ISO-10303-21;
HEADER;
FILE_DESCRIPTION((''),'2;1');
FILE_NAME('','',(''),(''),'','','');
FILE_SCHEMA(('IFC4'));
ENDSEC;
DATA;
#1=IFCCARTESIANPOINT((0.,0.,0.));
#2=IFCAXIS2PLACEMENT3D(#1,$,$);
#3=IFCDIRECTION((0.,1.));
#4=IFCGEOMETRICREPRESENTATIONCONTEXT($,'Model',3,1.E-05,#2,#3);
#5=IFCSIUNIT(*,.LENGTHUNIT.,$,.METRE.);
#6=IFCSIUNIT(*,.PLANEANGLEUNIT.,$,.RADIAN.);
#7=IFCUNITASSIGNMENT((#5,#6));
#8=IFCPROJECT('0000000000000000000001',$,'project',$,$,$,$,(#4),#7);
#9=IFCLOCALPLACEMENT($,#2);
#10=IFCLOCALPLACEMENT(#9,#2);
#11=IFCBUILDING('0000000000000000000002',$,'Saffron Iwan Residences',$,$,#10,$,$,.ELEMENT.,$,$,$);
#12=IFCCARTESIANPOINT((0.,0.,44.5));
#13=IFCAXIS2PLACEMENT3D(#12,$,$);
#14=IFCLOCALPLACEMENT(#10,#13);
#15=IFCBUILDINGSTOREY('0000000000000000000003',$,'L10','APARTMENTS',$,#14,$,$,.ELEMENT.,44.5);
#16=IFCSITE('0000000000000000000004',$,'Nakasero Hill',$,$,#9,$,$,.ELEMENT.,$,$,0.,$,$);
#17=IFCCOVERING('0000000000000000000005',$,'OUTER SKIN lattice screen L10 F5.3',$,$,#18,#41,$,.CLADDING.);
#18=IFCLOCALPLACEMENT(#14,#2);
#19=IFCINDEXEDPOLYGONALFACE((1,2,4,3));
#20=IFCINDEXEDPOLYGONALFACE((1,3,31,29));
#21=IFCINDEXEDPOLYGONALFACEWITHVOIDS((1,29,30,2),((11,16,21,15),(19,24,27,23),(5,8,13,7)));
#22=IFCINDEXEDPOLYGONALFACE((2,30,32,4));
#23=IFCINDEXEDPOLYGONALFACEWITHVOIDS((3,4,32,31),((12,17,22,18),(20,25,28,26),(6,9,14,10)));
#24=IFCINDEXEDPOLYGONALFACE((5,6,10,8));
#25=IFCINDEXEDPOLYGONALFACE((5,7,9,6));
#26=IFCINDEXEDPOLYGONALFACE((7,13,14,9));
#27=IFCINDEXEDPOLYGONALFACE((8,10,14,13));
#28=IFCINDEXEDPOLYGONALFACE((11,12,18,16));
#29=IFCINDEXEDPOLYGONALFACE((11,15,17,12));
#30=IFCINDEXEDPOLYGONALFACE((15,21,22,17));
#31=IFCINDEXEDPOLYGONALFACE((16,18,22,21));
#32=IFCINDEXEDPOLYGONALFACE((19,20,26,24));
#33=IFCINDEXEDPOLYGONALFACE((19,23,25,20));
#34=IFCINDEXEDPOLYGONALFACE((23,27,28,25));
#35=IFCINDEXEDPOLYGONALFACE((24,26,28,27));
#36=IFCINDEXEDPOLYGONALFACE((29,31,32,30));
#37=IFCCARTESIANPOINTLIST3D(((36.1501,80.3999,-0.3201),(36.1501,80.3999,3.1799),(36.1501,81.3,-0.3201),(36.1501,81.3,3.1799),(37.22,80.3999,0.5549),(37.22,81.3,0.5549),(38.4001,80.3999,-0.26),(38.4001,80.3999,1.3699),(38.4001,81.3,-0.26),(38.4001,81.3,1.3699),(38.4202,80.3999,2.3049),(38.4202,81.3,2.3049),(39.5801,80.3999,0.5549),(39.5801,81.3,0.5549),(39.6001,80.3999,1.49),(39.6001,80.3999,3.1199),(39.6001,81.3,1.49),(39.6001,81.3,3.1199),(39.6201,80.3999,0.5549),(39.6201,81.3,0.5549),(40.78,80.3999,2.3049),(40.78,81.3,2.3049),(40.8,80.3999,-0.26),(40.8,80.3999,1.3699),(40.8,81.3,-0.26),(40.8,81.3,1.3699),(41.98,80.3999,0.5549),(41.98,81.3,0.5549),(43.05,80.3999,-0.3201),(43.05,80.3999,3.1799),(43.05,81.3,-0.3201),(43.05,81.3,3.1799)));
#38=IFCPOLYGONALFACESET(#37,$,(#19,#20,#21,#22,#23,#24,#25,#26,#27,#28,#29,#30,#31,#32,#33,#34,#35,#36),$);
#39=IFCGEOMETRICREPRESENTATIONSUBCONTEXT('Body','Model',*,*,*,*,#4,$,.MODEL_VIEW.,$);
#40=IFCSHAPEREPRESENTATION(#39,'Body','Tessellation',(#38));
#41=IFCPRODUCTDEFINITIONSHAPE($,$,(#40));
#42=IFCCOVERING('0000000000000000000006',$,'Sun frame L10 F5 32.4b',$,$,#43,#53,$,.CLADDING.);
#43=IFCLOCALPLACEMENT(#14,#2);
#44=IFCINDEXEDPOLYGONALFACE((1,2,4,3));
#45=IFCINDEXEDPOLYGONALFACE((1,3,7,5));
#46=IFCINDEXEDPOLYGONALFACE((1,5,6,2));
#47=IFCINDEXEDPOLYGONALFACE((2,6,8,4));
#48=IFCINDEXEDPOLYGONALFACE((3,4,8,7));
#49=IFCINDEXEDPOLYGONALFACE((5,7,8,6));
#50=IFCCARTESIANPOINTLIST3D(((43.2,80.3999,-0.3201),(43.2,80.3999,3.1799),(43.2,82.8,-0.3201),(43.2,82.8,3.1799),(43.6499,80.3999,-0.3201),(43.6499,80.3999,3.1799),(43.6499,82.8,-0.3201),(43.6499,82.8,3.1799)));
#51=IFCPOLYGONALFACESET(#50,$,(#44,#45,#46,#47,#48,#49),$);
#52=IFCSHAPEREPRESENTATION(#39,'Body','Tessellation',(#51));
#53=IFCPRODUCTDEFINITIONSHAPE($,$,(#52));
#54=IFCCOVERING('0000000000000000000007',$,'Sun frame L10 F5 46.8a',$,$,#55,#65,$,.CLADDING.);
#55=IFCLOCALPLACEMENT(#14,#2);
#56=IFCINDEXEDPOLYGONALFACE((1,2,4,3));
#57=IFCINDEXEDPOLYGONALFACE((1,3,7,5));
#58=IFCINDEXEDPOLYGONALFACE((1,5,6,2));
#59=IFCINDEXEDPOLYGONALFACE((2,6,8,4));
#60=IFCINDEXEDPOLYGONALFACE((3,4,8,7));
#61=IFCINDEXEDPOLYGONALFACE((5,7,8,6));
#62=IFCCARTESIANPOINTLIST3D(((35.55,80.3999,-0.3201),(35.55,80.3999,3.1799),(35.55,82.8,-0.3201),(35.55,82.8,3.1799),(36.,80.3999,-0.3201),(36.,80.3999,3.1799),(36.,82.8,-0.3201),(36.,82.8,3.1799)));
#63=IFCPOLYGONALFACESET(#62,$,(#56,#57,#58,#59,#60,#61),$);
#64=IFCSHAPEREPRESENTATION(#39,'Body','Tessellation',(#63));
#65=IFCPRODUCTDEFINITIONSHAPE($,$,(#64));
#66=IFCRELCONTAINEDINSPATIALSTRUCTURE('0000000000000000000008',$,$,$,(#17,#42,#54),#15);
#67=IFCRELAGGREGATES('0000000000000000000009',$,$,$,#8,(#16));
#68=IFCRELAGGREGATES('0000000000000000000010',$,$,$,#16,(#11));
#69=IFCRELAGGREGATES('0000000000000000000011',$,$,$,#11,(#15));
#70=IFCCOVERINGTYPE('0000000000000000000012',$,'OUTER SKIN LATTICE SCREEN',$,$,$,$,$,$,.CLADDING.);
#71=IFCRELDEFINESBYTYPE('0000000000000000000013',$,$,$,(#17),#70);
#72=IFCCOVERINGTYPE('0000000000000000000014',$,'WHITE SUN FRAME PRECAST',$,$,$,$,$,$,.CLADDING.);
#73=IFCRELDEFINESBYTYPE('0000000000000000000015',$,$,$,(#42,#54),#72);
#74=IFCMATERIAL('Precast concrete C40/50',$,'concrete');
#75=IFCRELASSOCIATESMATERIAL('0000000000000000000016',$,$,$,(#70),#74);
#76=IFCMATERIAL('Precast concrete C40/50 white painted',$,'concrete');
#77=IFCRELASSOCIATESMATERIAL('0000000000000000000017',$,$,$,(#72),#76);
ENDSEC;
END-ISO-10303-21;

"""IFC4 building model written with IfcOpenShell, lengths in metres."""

from ifc_helpers import new_model, si_unit, direction, frame, origin, place, context, subcontext, project, spatial, polyline, outline, extrude, material, type_object, element, save


model = new_model("IFC4")

# Units and contexts
model_context = context("Model", 3, precision=1e-05, world=origin(), true_north=direction((0.0, 1.0)))
body_context = subcontext(model_context, "Body", "Model", "MODEL_VIEW")
ifc_project = project(units=[si_unit("LENGTHUNIT", "METRE"), si_unit("PLANEANGLEUNIT", "RADIAN")], contexts=[model_context])

# Site, building, storey
site_placement = place(None, origin())
site = spatial("IfcSite", under=ifc_project, at=site_placement, Name="Nakasero Hill", CompositionType="ELEMENT", RefElevation=0.0)
building_placement = place(site_placement, origin())
building = spatial("IfcBuilding", under=site, at=building_placement, Name="Saffron Iwan Residences", CompositionType="ELEMENT")
storey_placement = place(building_placement, frame((0.0, 0.0, 44.5)))
storey = spatial("IfcBuildingStorey", under=building, at=storey_placement, Name="L10", Description="APARTMENTS", CompositionType="ELEMENT", Elevation=44.5)

# Coverings
ifc_material_1 = material(Name="Precast concrete C40/50", Category="concrete")
covering_type_1 = type_object("IfcCoveringType", Name="OUTER SKIN LATTICE SCREEN", PredefinedType="CLADDING", material=ifc_material_1)
covering_placement = place(storey_placement, frame((43.05, 80.3999, -0.3201), z_axis=(0.0, 1.0, 0.0), x_axis=(-1.0, 0.0, 0.0)))
element("IfcCovering", 1, at=covering_placement, inside=storey, type_object=covering_type_1, Name="OUTER SKIN lattice screen L10 F5.3", PredefinedType="CLADDING", context=body_context, shape_type="SweptSolid", body=[
    extrude(outline(polyline([(0.0, 0.0), (6.8999, 0.0), (6.8999, 3.5), (0.0, 3.5), (0.0, 0.0)]), holes=[polyline([(1.0701, 0.875), (2.25, 0.0601), (3.4299, 0.875), (2.25, 1.6899), (1.0701, 0.875)]), polyline([(3.47, 0.875), (4.6499, 0.0601), (5.8301, 0.875), (4.6499, 1.6899), (3.47, 0.875)]), polyline([(2.27, 2.625), (3.45, 1.8101), (4.6299, 2.625), (3.45, 3.4399), (2.27, 2.625)])]), origin(), (0.0, 0.0, 1.0), 0.9001),
])
ifc_material_2 = material(Name="Precast concrete C40/50 white painted", Category="concrete")
covering_type_2 = type_object("IfcCoveringType", Name="WHITE SUN FRAME PRECAST", PredefinedType="CLADDING", material=ifc_material_2)
for number, where, z_axis, x_axis, name in (
    (2, (43.6499, 80.3999, -0.3201), (0.0, 1.0, 0.0), (-1.0, 0.0, 0.0), "Sun frame L10 F5 32.4b"),
    (3, (36.0, 80.3999, -0.3201), (0.0, 1.0, 0.0), (-1.0, 0.0, 0.0), "Sun frame L10 F5 46.8a"),
):
    element("IfcCovering", number, at=place(storey_placement, frame(where, z_axis=z_axis, x_axis=x_axis)), inside=storey, type_object=covering_type_2, Name=name, PredefinedType="CLADDING", context=body_context, shape_type="SweptSolid", body=[
        extrude(outline(polyline([(0.0, 0.0), (0.45, 0.0), (0.45, 3.5), (0.0, 3.5), (0.0, 0.0)])), origin(), (0.0, 0.0, 1.0), 2.4001),
    ])

save(model, "model.ifc")
